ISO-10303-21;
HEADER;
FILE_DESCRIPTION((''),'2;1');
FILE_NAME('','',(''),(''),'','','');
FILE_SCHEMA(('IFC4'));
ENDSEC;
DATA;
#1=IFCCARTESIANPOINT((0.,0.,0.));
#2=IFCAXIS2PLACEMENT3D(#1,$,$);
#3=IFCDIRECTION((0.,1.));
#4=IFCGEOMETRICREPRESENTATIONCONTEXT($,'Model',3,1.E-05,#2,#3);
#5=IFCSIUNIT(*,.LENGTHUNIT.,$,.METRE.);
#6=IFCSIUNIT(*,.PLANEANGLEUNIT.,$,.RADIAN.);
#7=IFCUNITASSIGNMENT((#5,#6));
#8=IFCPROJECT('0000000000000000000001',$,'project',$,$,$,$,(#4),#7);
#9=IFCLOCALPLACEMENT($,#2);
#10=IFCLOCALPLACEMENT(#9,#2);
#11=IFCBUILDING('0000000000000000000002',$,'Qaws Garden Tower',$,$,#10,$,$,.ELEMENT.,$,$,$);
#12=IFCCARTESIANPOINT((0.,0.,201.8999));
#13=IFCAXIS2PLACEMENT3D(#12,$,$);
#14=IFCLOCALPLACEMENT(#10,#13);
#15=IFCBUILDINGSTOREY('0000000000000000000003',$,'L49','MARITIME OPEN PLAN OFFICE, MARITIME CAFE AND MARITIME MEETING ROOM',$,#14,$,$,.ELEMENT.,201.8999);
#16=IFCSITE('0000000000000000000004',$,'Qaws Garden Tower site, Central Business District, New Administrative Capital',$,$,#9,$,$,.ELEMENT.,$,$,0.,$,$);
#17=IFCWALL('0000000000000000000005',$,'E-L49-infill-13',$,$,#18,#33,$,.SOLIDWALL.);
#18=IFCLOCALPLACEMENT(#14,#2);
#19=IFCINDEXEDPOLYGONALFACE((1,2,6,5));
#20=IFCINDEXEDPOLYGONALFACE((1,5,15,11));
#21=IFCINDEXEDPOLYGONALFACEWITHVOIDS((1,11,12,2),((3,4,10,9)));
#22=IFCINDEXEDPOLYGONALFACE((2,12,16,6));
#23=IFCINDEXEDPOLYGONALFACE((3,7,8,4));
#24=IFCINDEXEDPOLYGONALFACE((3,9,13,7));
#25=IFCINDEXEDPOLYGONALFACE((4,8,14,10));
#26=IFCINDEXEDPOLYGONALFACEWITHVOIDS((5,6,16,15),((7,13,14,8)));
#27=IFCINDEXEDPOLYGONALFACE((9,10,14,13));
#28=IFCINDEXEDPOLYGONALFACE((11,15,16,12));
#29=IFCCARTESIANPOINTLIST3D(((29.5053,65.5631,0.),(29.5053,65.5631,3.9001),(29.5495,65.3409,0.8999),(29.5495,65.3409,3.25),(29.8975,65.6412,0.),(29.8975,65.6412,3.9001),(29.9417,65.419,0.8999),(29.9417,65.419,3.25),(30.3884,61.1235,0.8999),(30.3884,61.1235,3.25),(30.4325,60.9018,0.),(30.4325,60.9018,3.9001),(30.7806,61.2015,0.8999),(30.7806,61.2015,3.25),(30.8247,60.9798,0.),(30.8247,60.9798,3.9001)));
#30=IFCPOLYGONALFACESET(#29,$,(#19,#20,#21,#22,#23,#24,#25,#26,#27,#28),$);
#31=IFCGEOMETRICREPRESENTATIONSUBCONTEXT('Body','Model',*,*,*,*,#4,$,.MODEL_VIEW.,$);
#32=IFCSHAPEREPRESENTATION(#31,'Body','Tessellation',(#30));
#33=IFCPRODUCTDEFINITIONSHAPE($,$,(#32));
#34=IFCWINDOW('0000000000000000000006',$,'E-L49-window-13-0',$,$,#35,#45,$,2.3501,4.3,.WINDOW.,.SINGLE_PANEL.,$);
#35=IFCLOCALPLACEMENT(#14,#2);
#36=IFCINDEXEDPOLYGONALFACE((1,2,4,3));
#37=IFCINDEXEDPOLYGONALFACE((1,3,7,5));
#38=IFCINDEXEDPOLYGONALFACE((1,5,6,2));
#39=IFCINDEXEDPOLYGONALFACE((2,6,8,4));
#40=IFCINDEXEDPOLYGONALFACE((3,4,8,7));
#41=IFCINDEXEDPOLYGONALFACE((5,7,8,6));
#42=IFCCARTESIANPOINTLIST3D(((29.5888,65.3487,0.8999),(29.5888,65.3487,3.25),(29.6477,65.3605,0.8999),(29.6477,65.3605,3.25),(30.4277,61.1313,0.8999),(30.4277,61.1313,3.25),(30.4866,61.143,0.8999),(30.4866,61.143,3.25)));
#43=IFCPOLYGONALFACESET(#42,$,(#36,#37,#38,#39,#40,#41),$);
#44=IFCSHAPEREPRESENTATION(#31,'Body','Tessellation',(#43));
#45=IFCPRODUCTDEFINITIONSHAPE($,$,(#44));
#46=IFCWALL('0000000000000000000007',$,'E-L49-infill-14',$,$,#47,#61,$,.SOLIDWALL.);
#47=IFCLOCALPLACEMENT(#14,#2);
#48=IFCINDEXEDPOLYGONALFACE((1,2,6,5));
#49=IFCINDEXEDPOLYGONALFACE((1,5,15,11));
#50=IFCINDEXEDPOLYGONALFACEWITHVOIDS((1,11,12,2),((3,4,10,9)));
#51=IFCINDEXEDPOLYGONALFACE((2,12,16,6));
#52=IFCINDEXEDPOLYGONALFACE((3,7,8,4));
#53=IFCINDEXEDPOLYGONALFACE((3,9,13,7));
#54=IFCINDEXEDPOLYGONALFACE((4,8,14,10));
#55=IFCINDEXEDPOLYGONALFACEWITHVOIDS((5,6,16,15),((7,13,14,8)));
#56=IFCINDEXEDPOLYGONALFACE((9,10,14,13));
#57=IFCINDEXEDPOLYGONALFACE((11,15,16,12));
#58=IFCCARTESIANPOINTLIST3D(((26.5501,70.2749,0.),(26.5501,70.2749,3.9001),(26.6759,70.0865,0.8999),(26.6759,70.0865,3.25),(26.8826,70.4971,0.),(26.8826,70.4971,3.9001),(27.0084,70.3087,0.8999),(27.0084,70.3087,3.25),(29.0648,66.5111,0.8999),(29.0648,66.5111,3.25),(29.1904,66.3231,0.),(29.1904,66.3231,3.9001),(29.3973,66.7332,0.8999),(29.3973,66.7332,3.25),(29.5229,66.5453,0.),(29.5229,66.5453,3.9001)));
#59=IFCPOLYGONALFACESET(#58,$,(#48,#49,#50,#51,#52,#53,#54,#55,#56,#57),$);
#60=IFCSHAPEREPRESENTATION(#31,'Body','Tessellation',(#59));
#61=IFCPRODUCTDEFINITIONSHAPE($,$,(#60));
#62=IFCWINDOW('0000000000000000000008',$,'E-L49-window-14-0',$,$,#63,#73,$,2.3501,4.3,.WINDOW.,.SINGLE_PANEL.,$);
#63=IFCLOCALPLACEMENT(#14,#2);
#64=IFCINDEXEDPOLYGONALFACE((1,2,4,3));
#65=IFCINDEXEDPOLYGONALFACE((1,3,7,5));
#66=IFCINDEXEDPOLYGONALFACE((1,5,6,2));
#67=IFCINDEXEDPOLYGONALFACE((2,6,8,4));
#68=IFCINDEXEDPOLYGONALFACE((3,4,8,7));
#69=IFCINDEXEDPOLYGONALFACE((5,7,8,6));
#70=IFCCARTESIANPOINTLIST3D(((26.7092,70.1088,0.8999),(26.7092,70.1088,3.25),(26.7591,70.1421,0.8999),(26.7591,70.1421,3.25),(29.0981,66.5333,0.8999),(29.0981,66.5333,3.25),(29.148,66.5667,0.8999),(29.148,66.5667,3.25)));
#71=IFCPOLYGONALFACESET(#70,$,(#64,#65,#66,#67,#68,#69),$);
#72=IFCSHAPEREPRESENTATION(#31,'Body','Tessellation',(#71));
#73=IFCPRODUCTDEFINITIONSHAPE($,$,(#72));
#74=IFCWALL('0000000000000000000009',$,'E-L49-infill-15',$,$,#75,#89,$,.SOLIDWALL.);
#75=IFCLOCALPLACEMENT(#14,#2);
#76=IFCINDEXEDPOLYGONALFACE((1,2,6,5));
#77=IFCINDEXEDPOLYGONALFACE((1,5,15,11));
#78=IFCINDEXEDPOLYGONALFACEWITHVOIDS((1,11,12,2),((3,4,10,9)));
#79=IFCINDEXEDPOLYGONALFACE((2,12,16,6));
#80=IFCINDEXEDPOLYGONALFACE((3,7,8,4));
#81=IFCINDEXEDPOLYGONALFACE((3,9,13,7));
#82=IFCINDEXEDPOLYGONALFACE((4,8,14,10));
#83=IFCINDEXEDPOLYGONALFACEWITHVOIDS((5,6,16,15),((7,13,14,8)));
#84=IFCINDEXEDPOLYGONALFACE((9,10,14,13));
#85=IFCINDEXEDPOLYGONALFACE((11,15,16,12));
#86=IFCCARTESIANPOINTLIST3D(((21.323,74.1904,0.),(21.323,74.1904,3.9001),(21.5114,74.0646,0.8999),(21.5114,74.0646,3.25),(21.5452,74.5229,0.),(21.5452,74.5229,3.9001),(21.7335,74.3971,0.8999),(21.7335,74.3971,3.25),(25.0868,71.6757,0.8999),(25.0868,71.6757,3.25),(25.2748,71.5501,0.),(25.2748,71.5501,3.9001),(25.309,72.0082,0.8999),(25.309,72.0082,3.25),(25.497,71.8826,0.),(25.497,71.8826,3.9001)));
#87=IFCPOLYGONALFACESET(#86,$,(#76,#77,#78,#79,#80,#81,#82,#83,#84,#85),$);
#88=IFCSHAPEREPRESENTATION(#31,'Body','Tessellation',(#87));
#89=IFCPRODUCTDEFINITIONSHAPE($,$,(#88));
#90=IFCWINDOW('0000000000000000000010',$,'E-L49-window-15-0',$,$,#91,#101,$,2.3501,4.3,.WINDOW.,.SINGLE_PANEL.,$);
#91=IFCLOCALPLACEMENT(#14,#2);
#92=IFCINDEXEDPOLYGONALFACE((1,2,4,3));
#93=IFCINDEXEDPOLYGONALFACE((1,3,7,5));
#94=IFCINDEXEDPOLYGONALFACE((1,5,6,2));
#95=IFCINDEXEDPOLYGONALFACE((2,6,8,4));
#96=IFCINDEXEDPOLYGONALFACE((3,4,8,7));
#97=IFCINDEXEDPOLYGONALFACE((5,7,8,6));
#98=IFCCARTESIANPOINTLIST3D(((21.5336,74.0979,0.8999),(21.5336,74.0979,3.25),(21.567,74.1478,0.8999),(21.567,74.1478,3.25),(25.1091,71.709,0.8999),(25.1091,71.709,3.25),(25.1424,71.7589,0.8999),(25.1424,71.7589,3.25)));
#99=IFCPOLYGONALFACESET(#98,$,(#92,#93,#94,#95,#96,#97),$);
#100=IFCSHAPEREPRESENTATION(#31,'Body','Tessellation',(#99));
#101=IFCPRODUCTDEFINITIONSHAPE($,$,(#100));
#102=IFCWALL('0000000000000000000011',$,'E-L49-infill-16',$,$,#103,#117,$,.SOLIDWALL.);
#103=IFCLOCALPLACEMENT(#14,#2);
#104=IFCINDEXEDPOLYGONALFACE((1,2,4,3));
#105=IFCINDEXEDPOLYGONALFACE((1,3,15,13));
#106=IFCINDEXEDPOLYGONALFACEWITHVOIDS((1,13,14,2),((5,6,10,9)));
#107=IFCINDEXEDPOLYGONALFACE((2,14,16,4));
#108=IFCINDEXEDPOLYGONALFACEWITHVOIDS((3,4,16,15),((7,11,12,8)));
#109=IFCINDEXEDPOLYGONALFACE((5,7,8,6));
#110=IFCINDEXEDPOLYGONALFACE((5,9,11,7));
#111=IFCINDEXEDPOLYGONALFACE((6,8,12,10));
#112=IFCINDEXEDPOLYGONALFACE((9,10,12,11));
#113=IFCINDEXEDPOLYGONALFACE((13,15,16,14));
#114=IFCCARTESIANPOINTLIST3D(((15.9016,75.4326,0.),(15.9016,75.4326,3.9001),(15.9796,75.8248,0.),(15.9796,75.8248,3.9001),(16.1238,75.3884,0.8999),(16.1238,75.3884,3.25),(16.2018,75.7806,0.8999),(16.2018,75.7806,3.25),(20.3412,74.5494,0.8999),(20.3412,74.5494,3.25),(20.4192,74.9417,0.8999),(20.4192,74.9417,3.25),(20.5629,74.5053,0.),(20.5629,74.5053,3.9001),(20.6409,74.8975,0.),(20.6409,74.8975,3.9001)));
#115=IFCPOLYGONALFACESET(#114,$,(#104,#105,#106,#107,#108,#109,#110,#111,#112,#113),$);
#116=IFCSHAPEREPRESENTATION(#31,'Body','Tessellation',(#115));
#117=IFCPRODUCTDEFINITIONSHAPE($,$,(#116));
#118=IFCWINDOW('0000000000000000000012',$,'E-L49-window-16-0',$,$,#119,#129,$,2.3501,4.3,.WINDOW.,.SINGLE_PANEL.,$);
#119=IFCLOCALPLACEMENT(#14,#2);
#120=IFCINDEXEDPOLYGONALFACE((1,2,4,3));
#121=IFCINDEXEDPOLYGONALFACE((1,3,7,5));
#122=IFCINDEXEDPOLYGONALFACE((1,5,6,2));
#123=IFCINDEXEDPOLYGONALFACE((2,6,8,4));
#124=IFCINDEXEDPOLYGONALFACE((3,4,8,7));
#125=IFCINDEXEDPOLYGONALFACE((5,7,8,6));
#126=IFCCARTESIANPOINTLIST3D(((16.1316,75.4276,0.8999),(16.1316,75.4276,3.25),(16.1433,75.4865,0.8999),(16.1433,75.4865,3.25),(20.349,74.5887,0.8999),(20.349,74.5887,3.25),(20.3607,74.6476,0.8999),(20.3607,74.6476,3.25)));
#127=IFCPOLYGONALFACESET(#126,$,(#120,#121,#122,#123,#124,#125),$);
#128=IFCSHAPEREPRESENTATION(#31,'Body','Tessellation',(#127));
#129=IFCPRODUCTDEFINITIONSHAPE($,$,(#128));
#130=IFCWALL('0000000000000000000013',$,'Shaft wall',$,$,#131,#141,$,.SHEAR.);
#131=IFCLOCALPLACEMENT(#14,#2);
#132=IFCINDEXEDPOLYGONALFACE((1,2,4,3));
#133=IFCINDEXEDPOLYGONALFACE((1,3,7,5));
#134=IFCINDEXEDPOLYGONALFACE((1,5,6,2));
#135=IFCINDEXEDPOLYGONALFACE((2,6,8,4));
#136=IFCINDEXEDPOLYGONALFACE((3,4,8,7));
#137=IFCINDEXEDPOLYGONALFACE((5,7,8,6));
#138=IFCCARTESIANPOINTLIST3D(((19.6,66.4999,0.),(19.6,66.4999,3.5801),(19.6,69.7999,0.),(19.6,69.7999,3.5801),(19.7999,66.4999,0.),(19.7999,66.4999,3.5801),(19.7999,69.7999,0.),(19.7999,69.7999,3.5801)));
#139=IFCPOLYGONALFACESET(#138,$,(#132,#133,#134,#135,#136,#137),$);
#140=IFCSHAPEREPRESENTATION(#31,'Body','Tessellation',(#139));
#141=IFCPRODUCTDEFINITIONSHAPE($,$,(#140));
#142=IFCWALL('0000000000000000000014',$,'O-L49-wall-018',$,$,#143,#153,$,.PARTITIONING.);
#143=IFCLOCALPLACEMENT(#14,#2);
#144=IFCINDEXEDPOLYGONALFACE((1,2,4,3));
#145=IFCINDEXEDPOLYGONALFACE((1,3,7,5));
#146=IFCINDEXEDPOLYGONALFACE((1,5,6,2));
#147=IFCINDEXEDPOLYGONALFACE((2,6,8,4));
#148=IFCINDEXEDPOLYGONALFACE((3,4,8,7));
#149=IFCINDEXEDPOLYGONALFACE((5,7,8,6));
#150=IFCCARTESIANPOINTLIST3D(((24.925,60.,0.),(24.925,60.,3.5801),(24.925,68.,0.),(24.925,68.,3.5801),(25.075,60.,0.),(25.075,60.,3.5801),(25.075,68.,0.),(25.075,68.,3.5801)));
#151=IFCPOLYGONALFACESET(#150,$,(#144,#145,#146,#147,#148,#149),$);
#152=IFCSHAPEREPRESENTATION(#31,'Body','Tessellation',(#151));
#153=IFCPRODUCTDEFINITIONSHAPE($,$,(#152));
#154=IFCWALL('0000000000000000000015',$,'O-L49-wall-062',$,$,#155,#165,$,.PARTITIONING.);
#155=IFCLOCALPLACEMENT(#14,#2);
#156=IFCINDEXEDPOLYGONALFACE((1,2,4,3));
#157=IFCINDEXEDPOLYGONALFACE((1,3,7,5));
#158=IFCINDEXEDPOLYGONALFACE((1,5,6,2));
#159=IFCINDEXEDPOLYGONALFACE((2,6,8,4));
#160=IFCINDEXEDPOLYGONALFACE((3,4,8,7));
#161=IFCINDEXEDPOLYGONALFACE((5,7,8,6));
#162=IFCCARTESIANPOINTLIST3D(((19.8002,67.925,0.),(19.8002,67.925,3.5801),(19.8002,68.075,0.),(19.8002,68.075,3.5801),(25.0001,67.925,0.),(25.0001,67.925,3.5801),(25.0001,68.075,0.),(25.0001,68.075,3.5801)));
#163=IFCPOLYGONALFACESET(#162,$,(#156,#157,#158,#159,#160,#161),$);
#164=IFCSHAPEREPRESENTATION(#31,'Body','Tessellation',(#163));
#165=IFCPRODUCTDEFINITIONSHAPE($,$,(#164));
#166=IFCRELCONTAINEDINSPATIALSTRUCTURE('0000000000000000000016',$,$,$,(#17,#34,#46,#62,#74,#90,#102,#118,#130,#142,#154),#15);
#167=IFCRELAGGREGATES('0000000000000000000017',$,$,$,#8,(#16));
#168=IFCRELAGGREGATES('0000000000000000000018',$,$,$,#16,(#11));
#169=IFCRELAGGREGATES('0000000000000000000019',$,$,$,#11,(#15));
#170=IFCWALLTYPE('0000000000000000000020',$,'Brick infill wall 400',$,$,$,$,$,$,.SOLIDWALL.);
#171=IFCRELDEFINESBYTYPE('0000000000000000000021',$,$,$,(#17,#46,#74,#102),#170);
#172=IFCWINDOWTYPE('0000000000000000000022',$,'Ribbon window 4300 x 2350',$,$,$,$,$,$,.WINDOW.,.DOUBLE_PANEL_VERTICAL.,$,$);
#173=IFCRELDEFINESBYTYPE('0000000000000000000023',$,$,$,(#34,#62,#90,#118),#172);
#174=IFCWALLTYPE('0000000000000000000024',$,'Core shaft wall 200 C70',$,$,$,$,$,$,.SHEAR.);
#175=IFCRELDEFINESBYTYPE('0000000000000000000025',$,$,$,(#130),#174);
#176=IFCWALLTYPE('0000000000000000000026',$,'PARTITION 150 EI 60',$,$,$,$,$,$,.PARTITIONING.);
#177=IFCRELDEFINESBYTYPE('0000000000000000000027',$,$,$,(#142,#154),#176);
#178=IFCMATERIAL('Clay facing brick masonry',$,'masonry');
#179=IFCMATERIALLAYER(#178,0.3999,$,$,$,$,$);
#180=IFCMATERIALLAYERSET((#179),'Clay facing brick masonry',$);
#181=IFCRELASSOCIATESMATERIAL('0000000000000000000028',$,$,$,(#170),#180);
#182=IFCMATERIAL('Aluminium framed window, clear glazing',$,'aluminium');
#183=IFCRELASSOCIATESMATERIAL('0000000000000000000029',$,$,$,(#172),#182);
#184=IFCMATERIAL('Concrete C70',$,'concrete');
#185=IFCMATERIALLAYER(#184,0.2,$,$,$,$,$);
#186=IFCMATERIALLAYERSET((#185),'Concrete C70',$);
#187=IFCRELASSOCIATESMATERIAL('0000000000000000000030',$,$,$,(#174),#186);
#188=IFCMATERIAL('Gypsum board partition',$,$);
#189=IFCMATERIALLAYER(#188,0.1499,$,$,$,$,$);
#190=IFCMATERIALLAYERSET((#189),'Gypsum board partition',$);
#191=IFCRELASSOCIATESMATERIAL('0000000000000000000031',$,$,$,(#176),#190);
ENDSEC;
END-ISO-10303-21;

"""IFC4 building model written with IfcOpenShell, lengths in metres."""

from ifc_helpers import new_model, si_unit, direction, frame, frame_2d, origin, place, context, subcontext, project, spatial, rectangle, extrude, material, layer, layer_set, type_object, element, fill, save


model = new_model("IFC4")

# Units and contexts
model_context = context("Model", 3, precision=1e-05, world=origin(), true_north=direction((0.0, 1.0)))
body_context = subcontext(model_context, "Body", "Model", "MODEL_VIEW")
ifc_project = project(units=[si_unit("LENGTHUNIT", "METRE"), si_unit("PLANEANGLEUNIT", "RADIAN")], contexts=[model_context])

# Site, building, storey
site_placement = place(None, origin())
site = spatial("IfcSite", under=ifc_project, at=site_placement, Name="Qaws Garden Tower site, Central Business District, New Administrative Capital", CompositionType="ELEMENT", RefElevation=0.0)
building_placement = place(site_placement, origin())
building = spatial("IfcBuilding", under=site, at=building_placement, Name="Qaws Garden Tower", CompositionType="ELEMENT")
storey_placement = place(building_placement, frame((0.0, 0.0, 201.8999)))
storey = spatial("IfcBuildingStorey", under=building, at=storey_placement, Name="L49", Description="MARITIME OPEN PLAN OFFICE, MARITIME CAFE AND MARITIME MEETING ROOM", CompositionType="ELEMENT", Elevation=201.8999)

# Walls, openings, windows
ifc_material_1 = material(Name="Clay facing brick masonry", Category="masonry")
ifc_layer_1 = layer(ifc_material_1, 0.3999)
ifc_layer_set_1 = layer_set([ifc_layer_1], Name="Clay facing brick masonry")
wall_type_1 = type_object("IfcWallType", Name="Brick infill wall 400", PredefinedType="SOLIDWALL", material=ifc_layer_set_1)
wall_1_placement = place(storey_placement, frame((30.6287, 60.9407, 0.0), z_axis=(0.0, 0.0, 1.0), x_axis=(-0.195099, 0.980784, 0.0)))
wall_1 = element("IfcWall", 1, at=wall_1_placement, inside=storey, type_object=wall_type_1, Name="E-L49-infill-13", PredefinedType="SOLIDWALL", context=body_context, shape_type="SweptSolid", body=[
    extrude(rectangle(XDim=4.7527, YDim=0.3999, at=frame_2d((2.3765, 0.0))), origin(), (0.0, 0.0, 1.0), 3.9001),
])
opening_1_placement = place(wall_1_placement, frame((0.2263, 0.0, 0.8999)))
opening_1 = element("IfcOpeningElement", 2, at=opening_1_placement, cuts=wall_1, PredefinedType="OPENING", context=body_context, shape_type="SweptSolid", body=[
    extrude(rectangle(XDim=4.3, YDim=2.3501, at=frame_2d((2.1499, 1.175))), frame((0.0, 0.21, 0.0), z_axis=(0.0, -1.0, 0.0), x_axis=(1.0, 0.0, 0.0)), (0.0, 0.0, 1.0), 0.4199),
])
ifc_material_2 = material(Name="Aluminium framed window, clear glazing", Category="aluminium")
window_type = type_object("IfcWindowType", Name="Ribbon window 4300 x 2350", PartitioningType="DOUBLE_PANEL_VERTICAL", PredefinedType="WINDOW", material=ifc_material_2)
window_1_placement = place(opening_1_placement, origin())
window_1 = element("IfcWindow", 3, at=window_1_placement, inside=storey, type_object=window_type, Name="E-L49-window-13-0", OverallHeight=2.3501, OverallWidth=4.3, PartitioningType="SINGLE_PANEL", PredefinedType="WINDOW", context=body_context, shape_type="SweptSolid", body=[
    extrude(rectangle(XDim=4.3, YDim=2.3501, at=frame_2d((2.1499, 1.175))), frame((0.0, 0.1599, 0.0), z_axis=(0.0, -1.0, 0.0), x_axis=(1.0, 0.0, 0.0)), (0.0, 0.0, 1.0), 0.0601),
])
fill(opening_1, window_1)
wall_2_placement = place(storey_placement, frame((29.3567, 66.4341, 0.0), z_axis=(0.0, 0.0, 1.0), x_axis=(-0.555542, 0.831489, 0.0)))
wall_2 = element("IfcWall", 4, at=wall_2_placement, inside=storey, type_object=wall_type_1, Name="E-L49-infill-14", PredefinedType="SOLIDWALL", context=body_context, shape_type="SweptSolid", body=[
    extrude(rectangle(XDim=4.7527, YDim=0.3999, at=frame_2d((2.3765, 0.0))), origin(), (0.0, 0.0, 1.0), 3.9001),
])
opening_2_placement = place(wall_2_placement, frame((0.2263, 0.0, 0.8999)))
opening_2 = element("IfcOpeningElement", 5, at=opening_2_placement, cuts=wall_2, PredefinedType="OPENING", context=body_context, shape_type="SweptSolid", body=[
    extrude(rectangle(XDim=4.3, YDim=2.3501, at=frame_2d((2.1499, 1.175))), frame((0.0, 0.21, 0.0), z_axis=(0.0, -1.0, 0.0), x_axis=(1.0, 0.0, 0.0)), (0.0, 0.0, 1.0), 0.4199),
])
window_2_placement = place(opening_2_placement, origin())
window_2 = element("IfcWindow", 6, at=window_2_placement, inside=storey, type_object=window_type, Name="E-L49-window-14-0", OverallHeight=2.3501, OverallWidth=4.3, PartitioningType="SINGLE_PANEL", PredefinedType="WINDOW", context=body_context, shape_type="SweptSolid", body=[
    extrude(rectangle(XDim=4.3, YDim=2.3501, at=frame_2d((2.1499, 1.175))), frame((0.0, 0.1599, 0.0), z_axis=(0.0, -1.0, 0.0), x_axis=(1.0, 0.0, 0.0)), (0.0, 0.0, 1.0), 0.0601),
])
fill(opening_2, window_2)
wall_3_placement = place(storey_placement, frame((25.386, 71.7163, 0.0), z_axis=(0.0, 0.0, 1.0), x_axis=(-0.831489, 0.555542, 0.0)))
wall_3 = element("IfcWall", 7, at=wall_3_placement, inside=storey, type_object=wall_type_1, Name="E-L49-infill-15", PredefinedType="SOLIDWALL", context=body_context, shape_type="SweptSolid", body=[
    extrude(rectangle(XDim=4.7527, YDim=0.3999, at=frame_2d((2.3765, 0.0))), origin(), (0.0, 0.0, 1.0), 3.9001),
])
opening_3_placement = place(wall_3_placement, frame((0.2263, 0.0, 0.8999)))
opening_3 = element("IfcOpeningElement", 8, at=opening_3_placement, cuts=wall_3, PredefinedType="OPENING", context=body_context, shape_type="SweptSolid", body=[
    extrude(rectangle(XDim=4.3, YDim=2.3501, at=frame_2d((2.1499, 1.175))), frame((0.0, 0.21, 0.0), z_axis=(0.0, -1.0, 0.0), x_axis=(1.0, 0.0, 0.0)), (0.0, 0.0, 1.0), 0.4199),
])
window_3_placement = place(opening_3_placement, origin())
window_3 = element("IfcWindow", 9, at=window_3_placement, inside=storey, type_object=window_type, Name="E-L49-window-15-0", OverallHeight=2.3501, OverallWidth=4.3, PartitioningType="SINGLE_PANEL", PredefinedType="WINDOW", context=body_context, shape_type="SweptSolid", body=[
    extrude(rectangle(XDim=4.3, YDim=2.3501, at=frame_2d((2.1499, 1.175))), frame((0.0, 0.1599, 0.0), z_axis=(0.0, -1.0, 0.0), x_axis=(1.0, 0.0, 0.0)), (0.0, 0.0, 1.0), 0.0601),
])
fill(opening_3, window_3)
wall_4_placement = place(storey_placement, frame((20.6021, 74.7014, 0.0), z_axis=(0.0, 0.0, 1.0), x_axis=(-0.980784, 0.195099, 0.0)))
wall_4 = element("IfcWall", 10, at=wall_4_placement, inside=storey, type_object=wall_type_1, Name="E-L49-infill-16", PredefinedType="SOLIDWALL", context=body_context, shape_type="SweptSolid", body=[
    extrude(rectangle(XDim=4.7527, YDim=0.3999, at=frame_2d((2.3765, 0.0))), origin(), (0.0, 0.0, 1.0), 3.9001),
])
opening_4_placement = place(wall_4_placement, frame((0.2263, 0.0, 0.8999)))
opening_4 = element("IfcOpeningElement", 11, at=opening_4_placement, cuts=wall_4, PredefinedType="OPENING", context=body_context, shape_type="SweptSolid", body=[
    extrude(rectangle(XDim=4.3, YDim=2.3501, at=frame_2d((2.1499, 1.175))), frame((0.0, 0.21, 0.0), z_axis=(0.0, -1.0, 0.0), x_axis=(1.0, 0.0, 0.0)), (0.0, 0.0, 1.0), 0.4199),
])
window_4_placement = place(opening_4_placement, origin())
window_4 = element("IfcWindow", 12, at=window_4_placement, inside=storey, type_object=window_type, Name="E-L49-window-16-0", OverallHeight=2.3501, OverallWidth=4.3, PartitioningType="SINGLE_PANEL", PredefinedType="WINDOW", context=body_context, shape_type="SweptSolid", body=[
    extrude(rectangle(XDim=4.3, YDim=2.3501, at=frame_2d((2.1499, 1.175))), frame((0.0, 0.1599, 0.0), z_axis=(0.0, -1.0, 0.0), x_axis=(1.0, 0.0, 0.0)), (0.0, 0.0, 1.0), 0.0601),
])
fill(opening_4, window_4)

# Walls
ifc_material_3 = material(Name="Concrete C70", Category="concrete")
ifc_layer_2 = layer(ifc_material_3, 0.2)
ifc_layer_set_2 = layer_set([ifc_layer_2], Name="Concrete C70")
wall_type_2 = type_object("IfcWallType", Name="Core shaft wall 200 C70", PredefinedType="SHEAR", material=ifc_layer_set_2)
wall_5_placement = place(storey_placement, frame((19.7, 66.5, 0.0), z_axis=(0.0, 0.0, 1.0), x_axis=(0.0, 1.0, 0.0)))
element("IfcWall", 13, at=wall_5_placement, inside=storey, type_object=wall_type_2, Name="Shaft wall", PredefinedType="SHEAR", context=body_context, shape_type="SweptSolid", body=[
    extrude(rectangle(XDim=3.3, YDim=0.2, at=frame_2d((1.6499, 0.0))), origin(), (0.0, 0.0, 1.0), 3.5801),
])
ifc_material_4 = material(Name="Gypsum board partition")
ifc_layer_3 = layer(ifc_material_4, 0.1499)
ifc_layer_set_3 = layer_set([ifc_layer_3], Name="Gypsum board partition")
wall_type_3 = type_object("IfcWallType", Name="PARTITION 150 EI 60", PredefinedType="PARTITIONING", material=ifc_layer_set_3)
wall_6_placement = place(storey_placement, frame((25.0, 60.0, 0.0), z_axis=(0.0, 0.0, 1.0), x_axis=(0.0, 1.0, 0.0)))
element("IfcWall", 14, at=wall_6_placement, inside=storey, type_object=wall_type_3, Name="O-L49-wall-018", PredefinedType="PARTITIONING", context=body_context, shape_type="SweptSolid", body=[
    extrude(rectangle(XDim=8.0, YDim=0.1499, at=frame_2d((4.0, 0.0))), origin(), (0.0, 0.0, 1.0), 3.5801),
])
wall_7_placement = place(storey_placement, frame((19.8, 68.0, 0.0), z_axis=(0.0, 0.0, 1.0), x_axis=(1.0, 0.0, 0.0)))
element("IfcWall", 15, at=wall_7_placement, inside=storey, type_object=wall_type_3, Name="O-L49-wall-062", PredefinedType="PARTITIONING", context=body_context, shape_type="SweptSolid", body=[
    extrude(rectangle(XDim=5.2, YDim=0.1499, at=frame_2d((2.6001, 0.0))), origin(), (0.0, 0.0, 1.0), 3.5801),
])

save(model, "model.ifc")
